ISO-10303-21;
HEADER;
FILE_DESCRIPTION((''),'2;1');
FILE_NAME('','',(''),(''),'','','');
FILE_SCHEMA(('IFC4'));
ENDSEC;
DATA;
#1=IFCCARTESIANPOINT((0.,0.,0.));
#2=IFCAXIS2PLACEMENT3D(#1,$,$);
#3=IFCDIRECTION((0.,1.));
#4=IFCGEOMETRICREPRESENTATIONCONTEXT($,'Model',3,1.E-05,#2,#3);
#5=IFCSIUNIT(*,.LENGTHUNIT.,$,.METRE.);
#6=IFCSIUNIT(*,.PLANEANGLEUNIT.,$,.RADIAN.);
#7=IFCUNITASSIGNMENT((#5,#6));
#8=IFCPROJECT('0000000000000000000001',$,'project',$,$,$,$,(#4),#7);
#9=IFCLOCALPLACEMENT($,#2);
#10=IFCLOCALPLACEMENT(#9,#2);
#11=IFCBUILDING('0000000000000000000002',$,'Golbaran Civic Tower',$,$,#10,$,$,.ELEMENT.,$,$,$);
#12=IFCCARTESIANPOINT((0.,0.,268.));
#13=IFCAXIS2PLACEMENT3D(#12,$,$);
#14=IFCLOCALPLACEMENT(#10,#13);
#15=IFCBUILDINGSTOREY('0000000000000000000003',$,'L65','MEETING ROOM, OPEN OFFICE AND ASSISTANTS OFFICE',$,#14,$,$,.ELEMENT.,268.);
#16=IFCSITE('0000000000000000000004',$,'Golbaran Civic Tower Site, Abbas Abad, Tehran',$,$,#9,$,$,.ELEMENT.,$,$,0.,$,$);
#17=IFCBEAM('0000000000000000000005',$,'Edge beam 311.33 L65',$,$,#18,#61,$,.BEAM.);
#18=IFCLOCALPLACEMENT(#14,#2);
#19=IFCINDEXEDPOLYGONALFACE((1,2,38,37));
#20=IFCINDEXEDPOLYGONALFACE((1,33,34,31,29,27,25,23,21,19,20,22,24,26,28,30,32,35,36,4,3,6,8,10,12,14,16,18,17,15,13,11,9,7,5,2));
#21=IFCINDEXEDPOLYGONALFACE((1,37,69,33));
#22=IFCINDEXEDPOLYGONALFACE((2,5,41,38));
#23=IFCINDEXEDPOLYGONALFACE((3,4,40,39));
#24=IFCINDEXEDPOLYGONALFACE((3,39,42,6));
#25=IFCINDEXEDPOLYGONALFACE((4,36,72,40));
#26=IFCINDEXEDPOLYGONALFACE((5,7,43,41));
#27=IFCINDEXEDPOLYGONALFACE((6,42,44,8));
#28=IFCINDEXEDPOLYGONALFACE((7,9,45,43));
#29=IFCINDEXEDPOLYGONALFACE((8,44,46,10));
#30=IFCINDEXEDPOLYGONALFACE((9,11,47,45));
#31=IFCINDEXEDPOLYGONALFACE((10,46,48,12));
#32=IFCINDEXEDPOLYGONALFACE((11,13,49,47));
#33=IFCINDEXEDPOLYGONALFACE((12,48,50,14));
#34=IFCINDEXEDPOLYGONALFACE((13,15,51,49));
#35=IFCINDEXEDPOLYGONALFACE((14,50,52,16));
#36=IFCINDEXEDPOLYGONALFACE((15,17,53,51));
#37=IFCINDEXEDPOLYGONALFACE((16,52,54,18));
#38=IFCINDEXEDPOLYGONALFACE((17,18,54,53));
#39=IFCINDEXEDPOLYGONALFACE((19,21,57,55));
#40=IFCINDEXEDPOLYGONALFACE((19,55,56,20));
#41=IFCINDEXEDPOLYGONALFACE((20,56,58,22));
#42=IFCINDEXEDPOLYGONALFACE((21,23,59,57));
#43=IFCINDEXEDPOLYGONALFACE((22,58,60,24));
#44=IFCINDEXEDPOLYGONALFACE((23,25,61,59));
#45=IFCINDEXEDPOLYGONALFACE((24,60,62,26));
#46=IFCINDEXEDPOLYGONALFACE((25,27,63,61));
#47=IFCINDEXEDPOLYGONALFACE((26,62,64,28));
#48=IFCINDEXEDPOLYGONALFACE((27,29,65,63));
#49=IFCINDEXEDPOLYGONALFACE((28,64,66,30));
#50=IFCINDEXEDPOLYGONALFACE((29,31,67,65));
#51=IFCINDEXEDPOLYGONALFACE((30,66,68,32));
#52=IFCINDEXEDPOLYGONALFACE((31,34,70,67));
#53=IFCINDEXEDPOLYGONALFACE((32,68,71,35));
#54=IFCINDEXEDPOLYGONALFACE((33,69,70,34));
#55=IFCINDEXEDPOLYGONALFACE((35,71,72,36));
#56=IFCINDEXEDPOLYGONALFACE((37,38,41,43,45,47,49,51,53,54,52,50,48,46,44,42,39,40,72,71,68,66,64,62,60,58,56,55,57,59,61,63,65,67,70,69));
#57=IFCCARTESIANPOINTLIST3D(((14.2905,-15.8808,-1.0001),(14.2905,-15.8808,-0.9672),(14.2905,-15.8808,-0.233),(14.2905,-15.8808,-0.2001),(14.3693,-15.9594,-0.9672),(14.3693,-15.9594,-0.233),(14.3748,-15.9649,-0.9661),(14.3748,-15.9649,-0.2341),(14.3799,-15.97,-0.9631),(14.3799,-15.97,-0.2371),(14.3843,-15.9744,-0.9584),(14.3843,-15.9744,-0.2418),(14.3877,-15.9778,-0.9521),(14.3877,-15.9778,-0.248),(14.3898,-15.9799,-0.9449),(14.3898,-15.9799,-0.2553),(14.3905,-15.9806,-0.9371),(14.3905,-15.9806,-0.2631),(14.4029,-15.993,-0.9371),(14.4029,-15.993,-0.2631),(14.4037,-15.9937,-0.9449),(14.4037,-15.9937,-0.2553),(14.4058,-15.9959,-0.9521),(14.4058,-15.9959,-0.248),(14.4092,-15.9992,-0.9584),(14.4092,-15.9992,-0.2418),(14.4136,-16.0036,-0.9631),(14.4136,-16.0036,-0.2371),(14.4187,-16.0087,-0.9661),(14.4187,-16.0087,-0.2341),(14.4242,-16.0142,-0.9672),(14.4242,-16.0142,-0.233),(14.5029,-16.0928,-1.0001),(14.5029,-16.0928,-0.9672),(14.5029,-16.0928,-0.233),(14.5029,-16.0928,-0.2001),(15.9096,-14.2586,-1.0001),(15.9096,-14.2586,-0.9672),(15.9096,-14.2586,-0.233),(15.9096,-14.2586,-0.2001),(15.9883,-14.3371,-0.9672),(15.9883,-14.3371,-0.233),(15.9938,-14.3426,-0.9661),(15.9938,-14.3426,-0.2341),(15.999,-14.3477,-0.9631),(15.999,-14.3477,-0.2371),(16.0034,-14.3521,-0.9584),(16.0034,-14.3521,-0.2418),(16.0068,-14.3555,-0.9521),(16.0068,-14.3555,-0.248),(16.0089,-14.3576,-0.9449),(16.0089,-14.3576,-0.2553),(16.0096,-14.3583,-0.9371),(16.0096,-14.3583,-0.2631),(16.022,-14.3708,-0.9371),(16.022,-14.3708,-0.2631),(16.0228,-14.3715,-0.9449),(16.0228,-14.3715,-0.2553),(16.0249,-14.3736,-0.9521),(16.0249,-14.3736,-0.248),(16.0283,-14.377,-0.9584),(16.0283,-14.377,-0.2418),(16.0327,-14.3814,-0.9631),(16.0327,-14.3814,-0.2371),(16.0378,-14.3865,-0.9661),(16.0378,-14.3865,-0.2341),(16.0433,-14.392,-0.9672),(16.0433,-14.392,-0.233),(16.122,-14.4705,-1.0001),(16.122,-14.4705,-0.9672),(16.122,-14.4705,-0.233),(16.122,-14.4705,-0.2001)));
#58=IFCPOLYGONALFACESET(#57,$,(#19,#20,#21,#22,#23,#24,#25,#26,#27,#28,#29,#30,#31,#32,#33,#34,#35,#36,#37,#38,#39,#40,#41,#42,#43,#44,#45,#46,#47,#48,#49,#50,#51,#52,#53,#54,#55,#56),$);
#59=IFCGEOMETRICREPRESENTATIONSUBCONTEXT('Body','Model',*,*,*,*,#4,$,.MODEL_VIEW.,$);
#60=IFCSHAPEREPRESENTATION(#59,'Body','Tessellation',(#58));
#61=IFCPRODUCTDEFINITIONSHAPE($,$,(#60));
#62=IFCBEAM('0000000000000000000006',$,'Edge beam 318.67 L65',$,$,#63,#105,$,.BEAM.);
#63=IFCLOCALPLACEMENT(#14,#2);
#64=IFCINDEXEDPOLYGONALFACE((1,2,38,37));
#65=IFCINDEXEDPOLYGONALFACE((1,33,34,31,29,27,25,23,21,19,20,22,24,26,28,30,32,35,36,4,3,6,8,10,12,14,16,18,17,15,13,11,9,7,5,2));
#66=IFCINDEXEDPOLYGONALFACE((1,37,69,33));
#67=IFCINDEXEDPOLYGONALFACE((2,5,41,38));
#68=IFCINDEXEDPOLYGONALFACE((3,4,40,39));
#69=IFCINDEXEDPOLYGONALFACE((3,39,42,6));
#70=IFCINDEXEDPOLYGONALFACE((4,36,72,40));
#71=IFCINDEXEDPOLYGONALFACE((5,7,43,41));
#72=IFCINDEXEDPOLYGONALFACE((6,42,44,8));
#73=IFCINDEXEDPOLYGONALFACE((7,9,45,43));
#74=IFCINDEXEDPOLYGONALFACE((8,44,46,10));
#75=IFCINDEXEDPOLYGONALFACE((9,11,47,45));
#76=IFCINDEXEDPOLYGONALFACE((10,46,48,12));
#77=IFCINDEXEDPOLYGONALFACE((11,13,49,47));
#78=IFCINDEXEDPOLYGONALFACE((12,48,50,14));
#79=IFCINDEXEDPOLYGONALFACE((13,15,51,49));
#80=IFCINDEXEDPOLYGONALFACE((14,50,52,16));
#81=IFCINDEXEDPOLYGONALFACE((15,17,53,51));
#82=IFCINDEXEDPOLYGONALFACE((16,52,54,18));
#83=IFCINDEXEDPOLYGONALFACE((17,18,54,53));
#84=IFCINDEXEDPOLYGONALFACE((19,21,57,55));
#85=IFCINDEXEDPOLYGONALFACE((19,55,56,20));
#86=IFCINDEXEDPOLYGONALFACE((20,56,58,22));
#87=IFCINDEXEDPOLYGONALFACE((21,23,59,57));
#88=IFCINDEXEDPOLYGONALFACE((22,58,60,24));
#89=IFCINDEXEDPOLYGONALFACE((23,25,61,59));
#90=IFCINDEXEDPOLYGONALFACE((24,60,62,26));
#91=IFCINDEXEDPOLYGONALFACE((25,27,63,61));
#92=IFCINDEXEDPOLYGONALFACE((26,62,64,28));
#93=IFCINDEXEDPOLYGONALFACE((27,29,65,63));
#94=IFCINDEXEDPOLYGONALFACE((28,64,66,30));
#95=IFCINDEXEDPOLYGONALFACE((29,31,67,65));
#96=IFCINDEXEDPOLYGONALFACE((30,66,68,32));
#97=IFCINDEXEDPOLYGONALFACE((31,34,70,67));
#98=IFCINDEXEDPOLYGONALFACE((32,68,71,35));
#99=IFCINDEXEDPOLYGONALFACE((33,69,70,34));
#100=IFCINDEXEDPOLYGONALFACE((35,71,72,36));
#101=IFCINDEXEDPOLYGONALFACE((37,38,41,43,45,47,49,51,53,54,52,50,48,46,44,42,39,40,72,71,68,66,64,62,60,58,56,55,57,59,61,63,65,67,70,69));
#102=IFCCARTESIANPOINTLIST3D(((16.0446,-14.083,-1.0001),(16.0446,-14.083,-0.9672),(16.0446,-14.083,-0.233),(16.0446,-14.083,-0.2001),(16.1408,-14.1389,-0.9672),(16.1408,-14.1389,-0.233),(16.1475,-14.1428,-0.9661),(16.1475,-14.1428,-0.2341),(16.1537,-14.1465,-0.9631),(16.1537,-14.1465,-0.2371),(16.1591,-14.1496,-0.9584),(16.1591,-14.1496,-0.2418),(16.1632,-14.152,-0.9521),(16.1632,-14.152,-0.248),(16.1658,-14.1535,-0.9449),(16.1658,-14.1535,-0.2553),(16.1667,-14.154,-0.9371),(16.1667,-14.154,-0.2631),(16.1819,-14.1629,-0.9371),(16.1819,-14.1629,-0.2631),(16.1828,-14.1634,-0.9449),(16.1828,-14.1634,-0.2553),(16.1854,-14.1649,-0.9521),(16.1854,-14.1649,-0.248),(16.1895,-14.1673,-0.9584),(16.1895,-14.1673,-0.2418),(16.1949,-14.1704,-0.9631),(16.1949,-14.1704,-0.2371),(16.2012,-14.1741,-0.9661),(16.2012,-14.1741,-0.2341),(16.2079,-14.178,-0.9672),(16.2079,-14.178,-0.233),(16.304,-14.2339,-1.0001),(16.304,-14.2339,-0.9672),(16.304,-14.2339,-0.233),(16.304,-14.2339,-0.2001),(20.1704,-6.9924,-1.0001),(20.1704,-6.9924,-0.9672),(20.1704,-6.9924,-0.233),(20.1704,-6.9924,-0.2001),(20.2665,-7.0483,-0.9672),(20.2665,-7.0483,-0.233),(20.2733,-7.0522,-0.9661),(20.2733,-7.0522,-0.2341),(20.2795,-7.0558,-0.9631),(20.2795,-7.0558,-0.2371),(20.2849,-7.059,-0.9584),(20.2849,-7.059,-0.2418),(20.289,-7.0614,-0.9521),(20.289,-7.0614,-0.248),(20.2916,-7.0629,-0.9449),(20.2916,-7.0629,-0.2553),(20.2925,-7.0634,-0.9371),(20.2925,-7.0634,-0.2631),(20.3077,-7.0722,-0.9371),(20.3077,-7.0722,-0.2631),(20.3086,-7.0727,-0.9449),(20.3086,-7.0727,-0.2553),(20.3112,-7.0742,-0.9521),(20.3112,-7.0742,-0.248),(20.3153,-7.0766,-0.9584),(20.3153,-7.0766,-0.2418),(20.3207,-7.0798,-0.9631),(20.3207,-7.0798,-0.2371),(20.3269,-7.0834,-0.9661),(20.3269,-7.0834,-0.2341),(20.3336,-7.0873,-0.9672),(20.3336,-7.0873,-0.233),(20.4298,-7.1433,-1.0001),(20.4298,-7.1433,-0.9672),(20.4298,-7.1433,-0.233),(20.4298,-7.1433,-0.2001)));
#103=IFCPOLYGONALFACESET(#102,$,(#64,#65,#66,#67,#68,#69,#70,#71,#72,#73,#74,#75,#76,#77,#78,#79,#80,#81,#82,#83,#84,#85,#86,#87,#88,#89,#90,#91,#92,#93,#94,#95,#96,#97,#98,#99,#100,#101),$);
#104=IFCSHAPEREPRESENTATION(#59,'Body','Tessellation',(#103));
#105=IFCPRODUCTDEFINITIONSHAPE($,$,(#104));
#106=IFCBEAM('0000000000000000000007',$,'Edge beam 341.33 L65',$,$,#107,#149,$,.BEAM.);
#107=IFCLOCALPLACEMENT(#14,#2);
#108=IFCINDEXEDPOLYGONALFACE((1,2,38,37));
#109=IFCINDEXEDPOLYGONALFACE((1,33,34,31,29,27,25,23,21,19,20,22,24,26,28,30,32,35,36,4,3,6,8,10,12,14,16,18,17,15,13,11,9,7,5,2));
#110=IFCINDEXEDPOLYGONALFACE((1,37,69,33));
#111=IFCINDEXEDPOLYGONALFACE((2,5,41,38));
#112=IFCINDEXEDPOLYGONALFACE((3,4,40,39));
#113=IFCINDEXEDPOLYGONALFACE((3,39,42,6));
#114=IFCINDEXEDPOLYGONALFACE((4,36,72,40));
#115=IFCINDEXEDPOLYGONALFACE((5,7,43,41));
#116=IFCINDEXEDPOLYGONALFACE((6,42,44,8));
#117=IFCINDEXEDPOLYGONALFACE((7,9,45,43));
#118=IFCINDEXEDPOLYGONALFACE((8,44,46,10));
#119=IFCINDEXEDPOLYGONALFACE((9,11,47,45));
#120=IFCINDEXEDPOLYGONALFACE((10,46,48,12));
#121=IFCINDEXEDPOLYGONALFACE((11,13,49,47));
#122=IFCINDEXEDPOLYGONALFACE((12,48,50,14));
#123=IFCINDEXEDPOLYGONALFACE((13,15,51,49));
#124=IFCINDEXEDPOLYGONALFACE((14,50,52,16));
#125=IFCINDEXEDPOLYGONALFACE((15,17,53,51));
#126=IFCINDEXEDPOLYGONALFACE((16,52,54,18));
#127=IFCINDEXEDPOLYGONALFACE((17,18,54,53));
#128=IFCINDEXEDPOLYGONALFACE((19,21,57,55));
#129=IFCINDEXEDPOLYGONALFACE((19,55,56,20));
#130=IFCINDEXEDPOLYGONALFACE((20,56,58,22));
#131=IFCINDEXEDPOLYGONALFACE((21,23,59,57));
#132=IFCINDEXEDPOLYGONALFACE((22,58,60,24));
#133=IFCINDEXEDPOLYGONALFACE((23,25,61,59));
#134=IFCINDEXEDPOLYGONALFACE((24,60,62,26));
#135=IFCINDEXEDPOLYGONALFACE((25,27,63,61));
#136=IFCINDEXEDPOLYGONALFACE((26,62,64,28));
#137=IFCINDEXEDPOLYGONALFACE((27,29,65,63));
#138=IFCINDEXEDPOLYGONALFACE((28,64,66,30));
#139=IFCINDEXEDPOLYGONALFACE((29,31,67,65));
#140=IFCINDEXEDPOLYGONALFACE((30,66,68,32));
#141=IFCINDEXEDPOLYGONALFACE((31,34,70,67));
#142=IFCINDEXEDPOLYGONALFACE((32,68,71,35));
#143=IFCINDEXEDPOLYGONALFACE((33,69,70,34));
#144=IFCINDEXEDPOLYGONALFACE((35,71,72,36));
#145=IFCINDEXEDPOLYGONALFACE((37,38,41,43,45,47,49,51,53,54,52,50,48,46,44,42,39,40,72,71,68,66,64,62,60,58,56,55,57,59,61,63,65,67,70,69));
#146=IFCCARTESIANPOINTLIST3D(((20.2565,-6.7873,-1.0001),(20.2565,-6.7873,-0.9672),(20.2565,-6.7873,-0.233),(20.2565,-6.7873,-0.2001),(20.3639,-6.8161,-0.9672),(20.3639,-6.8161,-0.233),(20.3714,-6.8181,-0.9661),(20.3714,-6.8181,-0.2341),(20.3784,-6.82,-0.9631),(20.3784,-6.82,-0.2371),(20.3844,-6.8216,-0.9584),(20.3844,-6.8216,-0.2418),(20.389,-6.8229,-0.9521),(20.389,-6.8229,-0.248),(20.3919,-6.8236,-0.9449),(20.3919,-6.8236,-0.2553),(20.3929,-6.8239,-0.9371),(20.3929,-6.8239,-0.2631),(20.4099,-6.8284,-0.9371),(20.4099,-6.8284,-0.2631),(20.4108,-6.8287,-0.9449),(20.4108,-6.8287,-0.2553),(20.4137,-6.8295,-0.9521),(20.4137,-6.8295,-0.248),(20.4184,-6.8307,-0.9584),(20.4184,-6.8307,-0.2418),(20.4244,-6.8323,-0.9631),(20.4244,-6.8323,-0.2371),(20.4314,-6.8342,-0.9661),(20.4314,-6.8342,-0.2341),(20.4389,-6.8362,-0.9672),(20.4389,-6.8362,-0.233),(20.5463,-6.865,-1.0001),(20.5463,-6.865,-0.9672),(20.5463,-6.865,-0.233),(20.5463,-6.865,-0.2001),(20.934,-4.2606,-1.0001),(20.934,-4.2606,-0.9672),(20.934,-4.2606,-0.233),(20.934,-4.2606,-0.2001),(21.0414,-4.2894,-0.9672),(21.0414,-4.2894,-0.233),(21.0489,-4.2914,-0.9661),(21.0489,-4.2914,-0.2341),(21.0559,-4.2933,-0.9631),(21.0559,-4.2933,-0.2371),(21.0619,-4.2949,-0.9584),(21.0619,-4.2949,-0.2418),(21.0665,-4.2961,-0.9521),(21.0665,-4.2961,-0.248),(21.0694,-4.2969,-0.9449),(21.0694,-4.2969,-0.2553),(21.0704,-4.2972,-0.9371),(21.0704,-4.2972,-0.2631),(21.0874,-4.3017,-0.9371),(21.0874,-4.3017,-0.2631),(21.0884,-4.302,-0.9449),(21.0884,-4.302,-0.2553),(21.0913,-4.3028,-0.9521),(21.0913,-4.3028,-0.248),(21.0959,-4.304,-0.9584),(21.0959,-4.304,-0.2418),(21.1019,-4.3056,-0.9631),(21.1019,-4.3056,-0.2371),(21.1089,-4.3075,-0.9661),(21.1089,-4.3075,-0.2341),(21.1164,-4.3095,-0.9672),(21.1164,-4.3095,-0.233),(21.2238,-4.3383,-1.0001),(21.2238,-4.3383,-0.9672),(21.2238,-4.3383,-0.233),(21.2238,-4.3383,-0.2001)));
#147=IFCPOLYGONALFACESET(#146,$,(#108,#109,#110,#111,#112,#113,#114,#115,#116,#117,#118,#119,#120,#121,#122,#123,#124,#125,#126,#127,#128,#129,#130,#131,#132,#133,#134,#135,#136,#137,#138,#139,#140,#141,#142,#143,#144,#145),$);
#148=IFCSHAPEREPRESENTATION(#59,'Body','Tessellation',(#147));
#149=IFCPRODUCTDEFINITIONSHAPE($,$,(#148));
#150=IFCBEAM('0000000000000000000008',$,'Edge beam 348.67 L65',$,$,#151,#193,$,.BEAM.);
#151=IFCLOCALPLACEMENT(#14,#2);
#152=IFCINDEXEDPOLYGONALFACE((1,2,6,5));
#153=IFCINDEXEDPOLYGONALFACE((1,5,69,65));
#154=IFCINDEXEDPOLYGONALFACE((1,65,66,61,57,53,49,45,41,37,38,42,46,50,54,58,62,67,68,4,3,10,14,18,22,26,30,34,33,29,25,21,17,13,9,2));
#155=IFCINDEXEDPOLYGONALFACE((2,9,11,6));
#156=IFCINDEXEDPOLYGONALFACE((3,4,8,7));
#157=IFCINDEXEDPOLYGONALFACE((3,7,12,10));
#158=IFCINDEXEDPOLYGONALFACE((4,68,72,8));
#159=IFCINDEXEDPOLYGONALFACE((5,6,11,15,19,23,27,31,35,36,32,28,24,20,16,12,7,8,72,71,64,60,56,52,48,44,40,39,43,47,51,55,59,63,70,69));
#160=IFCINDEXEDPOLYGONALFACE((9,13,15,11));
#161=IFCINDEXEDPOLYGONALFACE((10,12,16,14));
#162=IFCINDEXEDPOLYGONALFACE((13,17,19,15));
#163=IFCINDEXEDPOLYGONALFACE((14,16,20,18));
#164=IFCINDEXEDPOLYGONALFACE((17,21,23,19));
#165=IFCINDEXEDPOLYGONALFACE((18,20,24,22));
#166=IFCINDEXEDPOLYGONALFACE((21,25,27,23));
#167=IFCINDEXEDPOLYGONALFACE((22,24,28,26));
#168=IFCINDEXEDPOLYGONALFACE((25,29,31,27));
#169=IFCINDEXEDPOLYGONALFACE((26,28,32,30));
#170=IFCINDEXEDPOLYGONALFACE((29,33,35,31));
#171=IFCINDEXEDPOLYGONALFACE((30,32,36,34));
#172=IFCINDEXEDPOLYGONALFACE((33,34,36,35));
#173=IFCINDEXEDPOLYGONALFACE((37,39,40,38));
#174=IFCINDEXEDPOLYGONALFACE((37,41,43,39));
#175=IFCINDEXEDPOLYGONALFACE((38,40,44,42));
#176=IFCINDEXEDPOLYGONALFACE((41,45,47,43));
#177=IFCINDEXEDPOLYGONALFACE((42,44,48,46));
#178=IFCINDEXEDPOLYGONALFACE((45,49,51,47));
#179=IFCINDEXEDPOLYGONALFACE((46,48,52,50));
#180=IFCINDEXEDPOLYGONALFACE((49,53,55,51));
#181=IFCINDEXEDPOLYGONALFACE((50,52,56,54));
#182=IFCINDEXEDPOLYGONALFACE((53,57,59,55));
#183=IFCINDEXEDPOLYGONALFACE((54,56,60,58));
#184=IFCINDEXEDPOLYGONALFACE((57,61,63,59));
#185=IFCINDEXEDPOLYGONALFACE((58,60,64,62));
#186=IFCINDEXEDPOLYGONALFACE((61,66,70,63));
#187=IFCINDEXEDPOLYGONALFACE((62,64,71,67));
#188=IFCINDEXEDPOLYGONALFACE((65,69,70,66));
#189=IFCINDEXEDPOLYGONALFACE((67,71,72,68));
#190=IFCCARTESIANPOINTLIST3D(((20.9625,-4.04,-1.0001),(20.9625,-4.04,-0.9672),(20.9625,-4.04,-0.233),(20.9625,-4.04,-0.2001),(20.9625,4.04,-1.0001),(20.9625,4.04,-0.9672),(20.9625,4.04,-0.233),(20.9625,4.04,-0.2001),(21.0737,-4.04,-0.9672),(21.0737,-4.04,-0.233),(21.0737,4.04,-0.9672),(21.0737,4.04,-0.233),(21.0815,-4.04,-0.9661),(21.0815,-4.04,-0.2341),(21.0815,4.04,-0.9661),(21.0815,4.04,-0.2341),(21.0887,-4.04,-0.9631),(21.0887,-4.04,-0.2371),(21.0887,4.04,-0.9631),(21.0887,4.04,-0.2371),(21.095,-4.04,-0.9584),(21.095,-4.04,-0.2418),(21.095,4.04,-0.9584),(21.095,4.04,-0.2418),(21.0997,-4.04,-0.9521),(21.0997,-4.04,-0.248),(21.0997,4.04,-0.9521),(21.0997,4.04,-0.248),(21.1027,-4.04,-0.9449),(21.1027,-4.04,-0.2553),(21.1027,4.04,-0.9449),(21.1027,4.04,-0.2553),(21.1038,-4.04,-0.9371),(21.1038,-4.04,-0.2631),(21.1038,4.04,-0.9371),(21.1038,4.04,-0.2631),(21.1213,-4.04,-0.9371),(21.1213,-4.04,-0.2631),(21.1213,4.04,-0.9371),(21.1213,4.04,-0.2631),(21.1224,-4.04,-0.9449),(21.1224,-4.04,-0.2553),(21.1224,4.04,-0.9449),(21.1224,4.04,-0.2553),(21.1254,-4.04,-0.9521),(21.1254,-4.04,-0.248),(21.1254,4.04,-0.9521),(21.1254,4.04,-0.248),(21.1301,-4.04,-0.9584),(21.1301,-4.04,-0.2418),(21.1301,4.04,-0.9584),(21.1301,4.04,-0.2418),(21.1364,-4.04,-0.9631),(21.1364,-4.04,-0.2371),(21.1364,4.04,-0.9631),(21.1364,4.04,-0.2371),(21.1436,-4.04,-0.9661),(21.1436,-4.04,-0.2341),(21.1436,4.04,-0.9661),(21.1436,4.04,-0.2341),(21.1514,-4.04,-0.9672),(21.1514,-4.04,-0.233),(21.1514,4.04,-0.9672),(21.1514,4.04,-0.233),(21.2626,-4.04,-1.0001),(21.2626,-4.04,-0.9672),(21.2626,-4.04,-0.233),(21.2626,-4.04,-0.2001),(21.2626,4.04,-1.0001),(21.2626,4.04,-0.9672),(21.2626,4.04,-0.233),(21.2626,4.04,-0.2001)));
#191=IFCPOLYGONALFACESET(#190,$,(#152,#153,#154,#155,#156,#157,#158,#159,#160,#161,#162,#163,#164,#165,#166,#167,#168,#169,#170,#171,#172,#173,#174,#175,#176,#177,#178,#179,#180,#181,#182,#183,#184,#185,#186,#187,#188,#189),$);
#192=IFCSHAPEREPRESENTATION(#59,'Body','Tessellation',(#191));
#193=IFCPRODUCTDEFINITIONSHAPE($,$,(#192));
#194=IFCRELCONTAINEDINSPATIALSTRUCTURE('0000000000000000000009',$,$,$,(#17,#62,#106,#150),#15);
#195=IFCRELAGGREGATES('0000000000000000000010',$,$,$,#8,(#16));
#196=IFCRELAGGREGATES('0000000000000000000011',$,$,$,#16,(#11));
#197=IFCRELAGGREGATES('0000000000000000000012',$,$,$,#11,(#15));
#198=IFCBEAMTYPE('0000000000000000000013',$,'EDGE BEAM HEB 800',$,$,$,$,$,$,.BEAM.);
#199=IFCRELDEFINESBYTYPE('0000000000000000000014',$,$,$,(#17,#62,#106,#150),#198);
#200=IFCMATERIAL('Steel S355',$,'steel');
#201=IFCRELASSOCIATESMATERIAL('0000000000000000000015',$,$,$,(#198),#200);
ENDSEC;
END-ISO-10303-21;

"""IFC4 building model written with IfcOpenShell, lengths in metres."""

from ifc_helpers import new_model, si_unit, direction, frame, origin, origin_2d, place, context, subcontext, project, spatial, i_section, extrude, material, material_profile, profile_set, type_object, element, save


model = new_model("IFC4")

# Units and contexts
model_context = context("Model", 3, precision=1e-05, world=origin(), true_north=direction((0.0, 1.0)))
body_context = subcontext(model_context, "Body", "Model", "MODEL_VIEW")
ifc_project = project(units=[si_unit("LENGTHUNIT", "METRE"), si_unit("PLANEANGLEUNIT", "RADIAN")], contexts=[model_context])

# Site, building, storey
site_placement = place(None, origin())
site = spatial("IfcSite", under=ifc_project, at=site_placement, Name="Golbaran Civic Tower Site, Abbas Abad, Tehran", CompositionType="ELEMENT", RefElevation=0.0)
building_placement = place(site_placement, origin())
building = spatial("IfcBuilding", under=site, at=building_placement, Name="Golbaran Civic Tower", CompositionType="ELEMENT")
storey_placement = place(building_placement, frame((0.0, 0.0, 268.0)))
storey = spatial("IfcBuildingStorey", under=building, at=storey_placement, Name="L65", Description="MEETING ROOM, OPEN OFFICE AND ASSISTANTS OFFICE", CompositionType="ELEMENT", Elevation=268.0)

# Beams
ifc_material_1 = material(Name="Steel S355", Category="steel")
ifc_material_profile_1 = material_profile(ifc_material_1, i_section(OverallWidth=0.3, OverallDepth=0.8, WebThickness=0.0176, FlangeThickness=0.033, FilletRadius=0.03, at=origin_2d()), Name="HEB 800")
ifc_profile_set_1 = profile_set([ifc_material_profile_1], Name="Steel S355")
beam_type_1 = type_object("IfcBeamType", Name="EDGE BEAM HEB 800", PredefinedType="BEAM", material=ifc_profile_set_1)
beam_1_placement = place(storey_placement, frame((14.3967, -15.9868, -0.6001), z_axis=(0.706414, 0.707799, 0.0), x_axis=(-0.707799, 0.706414, 0.0)))
element("IfcBeam", 1, at=beam_1_placement, inside=storey, type_object=beam_type_1, Name="Edge beam 311.33 L65", PredefinedType="BEAM", context=body_context, shape_type="SweptSolid", body=[
    extrude(i_section(OverallWidth=0.3, OverallDepth=0.8, WebThickness=0.0176, FlangeThickness=0.033, FilletRadius=0.03, at=origin_2d()), origin(), (0.0, 0.0, 1.0), 2.292),
])
beam_2_placement = place(storey_placement, frame((16.1743, -14.1584, -0.6001), z_axis=(0.502921, 0.864332, 0.0), x_axis=(-0.864332, 0.502921, 0.0)))
element("IfcBeam", 2, at=beam_2_placement, inside=storey, type_object=beam_type_1, Name="Edge beam 318.67 L65", PredefinedType="BEAM", context=body_context, shape_type="SweptSolid", body=[
    extrude(i_section(OverallWidth=0.3, OverallDepth=0.8, WebThickness=0.0176, FlangeThickness=0.033, FilletRadius=0.03, at=origin_2d()), origin(), (0.0, 0.0, 1.0), 8.2036),
])
beam_3_placement = place(storey_placement, frame((20.4014, -6.8262, -0.6001), z_axis=(0.258993, 0.965879, 0.0), x_axis=(-0.965879, 0.258993, 0.0)))
element("IfcBeam", 3, at=beam_3_placement, inside=storey, type_object=beam_type_1, Name="Edge beam 341.33 L65", PredefinedType="BEAM", context=body_context, shape_type="SweptSolid", body=[
    extrude(i_section(OverallWidth=0.3, OverallDepth=0.8, WebThickness=0.0176, FlangeThickness=0.033, FilletRadius=0.03, at=origin_2d()), origin(), (0.0, 0.0, 1.0), 2.616),
])
beam_4_placement = place(storey_placement, frame((21.1125, -4.04, -0.6001), z_axis=(0.0, 1.0, 0.0), x_axis=(-1.0, 0.0, 0.0)))
element("IfcBeam", 4, at=beam_4_placement, inside=storey, type_object=beam_type_1, Name="Edge beam 348.67 L65", PredefinedType="BEAM", context=body_context, shape_type="SweptSolid", body=[
    extrude(i_section(OverallWidth=0.3, OverallDepth=0.8, WebThickness=0.0176, FlangeThickness=0.033, FilletRadius=0.03, at=origin_2d()), origin(), (0.0, 0.0, 1.0), 8.0801),
])

save(model, "model.ifc")
